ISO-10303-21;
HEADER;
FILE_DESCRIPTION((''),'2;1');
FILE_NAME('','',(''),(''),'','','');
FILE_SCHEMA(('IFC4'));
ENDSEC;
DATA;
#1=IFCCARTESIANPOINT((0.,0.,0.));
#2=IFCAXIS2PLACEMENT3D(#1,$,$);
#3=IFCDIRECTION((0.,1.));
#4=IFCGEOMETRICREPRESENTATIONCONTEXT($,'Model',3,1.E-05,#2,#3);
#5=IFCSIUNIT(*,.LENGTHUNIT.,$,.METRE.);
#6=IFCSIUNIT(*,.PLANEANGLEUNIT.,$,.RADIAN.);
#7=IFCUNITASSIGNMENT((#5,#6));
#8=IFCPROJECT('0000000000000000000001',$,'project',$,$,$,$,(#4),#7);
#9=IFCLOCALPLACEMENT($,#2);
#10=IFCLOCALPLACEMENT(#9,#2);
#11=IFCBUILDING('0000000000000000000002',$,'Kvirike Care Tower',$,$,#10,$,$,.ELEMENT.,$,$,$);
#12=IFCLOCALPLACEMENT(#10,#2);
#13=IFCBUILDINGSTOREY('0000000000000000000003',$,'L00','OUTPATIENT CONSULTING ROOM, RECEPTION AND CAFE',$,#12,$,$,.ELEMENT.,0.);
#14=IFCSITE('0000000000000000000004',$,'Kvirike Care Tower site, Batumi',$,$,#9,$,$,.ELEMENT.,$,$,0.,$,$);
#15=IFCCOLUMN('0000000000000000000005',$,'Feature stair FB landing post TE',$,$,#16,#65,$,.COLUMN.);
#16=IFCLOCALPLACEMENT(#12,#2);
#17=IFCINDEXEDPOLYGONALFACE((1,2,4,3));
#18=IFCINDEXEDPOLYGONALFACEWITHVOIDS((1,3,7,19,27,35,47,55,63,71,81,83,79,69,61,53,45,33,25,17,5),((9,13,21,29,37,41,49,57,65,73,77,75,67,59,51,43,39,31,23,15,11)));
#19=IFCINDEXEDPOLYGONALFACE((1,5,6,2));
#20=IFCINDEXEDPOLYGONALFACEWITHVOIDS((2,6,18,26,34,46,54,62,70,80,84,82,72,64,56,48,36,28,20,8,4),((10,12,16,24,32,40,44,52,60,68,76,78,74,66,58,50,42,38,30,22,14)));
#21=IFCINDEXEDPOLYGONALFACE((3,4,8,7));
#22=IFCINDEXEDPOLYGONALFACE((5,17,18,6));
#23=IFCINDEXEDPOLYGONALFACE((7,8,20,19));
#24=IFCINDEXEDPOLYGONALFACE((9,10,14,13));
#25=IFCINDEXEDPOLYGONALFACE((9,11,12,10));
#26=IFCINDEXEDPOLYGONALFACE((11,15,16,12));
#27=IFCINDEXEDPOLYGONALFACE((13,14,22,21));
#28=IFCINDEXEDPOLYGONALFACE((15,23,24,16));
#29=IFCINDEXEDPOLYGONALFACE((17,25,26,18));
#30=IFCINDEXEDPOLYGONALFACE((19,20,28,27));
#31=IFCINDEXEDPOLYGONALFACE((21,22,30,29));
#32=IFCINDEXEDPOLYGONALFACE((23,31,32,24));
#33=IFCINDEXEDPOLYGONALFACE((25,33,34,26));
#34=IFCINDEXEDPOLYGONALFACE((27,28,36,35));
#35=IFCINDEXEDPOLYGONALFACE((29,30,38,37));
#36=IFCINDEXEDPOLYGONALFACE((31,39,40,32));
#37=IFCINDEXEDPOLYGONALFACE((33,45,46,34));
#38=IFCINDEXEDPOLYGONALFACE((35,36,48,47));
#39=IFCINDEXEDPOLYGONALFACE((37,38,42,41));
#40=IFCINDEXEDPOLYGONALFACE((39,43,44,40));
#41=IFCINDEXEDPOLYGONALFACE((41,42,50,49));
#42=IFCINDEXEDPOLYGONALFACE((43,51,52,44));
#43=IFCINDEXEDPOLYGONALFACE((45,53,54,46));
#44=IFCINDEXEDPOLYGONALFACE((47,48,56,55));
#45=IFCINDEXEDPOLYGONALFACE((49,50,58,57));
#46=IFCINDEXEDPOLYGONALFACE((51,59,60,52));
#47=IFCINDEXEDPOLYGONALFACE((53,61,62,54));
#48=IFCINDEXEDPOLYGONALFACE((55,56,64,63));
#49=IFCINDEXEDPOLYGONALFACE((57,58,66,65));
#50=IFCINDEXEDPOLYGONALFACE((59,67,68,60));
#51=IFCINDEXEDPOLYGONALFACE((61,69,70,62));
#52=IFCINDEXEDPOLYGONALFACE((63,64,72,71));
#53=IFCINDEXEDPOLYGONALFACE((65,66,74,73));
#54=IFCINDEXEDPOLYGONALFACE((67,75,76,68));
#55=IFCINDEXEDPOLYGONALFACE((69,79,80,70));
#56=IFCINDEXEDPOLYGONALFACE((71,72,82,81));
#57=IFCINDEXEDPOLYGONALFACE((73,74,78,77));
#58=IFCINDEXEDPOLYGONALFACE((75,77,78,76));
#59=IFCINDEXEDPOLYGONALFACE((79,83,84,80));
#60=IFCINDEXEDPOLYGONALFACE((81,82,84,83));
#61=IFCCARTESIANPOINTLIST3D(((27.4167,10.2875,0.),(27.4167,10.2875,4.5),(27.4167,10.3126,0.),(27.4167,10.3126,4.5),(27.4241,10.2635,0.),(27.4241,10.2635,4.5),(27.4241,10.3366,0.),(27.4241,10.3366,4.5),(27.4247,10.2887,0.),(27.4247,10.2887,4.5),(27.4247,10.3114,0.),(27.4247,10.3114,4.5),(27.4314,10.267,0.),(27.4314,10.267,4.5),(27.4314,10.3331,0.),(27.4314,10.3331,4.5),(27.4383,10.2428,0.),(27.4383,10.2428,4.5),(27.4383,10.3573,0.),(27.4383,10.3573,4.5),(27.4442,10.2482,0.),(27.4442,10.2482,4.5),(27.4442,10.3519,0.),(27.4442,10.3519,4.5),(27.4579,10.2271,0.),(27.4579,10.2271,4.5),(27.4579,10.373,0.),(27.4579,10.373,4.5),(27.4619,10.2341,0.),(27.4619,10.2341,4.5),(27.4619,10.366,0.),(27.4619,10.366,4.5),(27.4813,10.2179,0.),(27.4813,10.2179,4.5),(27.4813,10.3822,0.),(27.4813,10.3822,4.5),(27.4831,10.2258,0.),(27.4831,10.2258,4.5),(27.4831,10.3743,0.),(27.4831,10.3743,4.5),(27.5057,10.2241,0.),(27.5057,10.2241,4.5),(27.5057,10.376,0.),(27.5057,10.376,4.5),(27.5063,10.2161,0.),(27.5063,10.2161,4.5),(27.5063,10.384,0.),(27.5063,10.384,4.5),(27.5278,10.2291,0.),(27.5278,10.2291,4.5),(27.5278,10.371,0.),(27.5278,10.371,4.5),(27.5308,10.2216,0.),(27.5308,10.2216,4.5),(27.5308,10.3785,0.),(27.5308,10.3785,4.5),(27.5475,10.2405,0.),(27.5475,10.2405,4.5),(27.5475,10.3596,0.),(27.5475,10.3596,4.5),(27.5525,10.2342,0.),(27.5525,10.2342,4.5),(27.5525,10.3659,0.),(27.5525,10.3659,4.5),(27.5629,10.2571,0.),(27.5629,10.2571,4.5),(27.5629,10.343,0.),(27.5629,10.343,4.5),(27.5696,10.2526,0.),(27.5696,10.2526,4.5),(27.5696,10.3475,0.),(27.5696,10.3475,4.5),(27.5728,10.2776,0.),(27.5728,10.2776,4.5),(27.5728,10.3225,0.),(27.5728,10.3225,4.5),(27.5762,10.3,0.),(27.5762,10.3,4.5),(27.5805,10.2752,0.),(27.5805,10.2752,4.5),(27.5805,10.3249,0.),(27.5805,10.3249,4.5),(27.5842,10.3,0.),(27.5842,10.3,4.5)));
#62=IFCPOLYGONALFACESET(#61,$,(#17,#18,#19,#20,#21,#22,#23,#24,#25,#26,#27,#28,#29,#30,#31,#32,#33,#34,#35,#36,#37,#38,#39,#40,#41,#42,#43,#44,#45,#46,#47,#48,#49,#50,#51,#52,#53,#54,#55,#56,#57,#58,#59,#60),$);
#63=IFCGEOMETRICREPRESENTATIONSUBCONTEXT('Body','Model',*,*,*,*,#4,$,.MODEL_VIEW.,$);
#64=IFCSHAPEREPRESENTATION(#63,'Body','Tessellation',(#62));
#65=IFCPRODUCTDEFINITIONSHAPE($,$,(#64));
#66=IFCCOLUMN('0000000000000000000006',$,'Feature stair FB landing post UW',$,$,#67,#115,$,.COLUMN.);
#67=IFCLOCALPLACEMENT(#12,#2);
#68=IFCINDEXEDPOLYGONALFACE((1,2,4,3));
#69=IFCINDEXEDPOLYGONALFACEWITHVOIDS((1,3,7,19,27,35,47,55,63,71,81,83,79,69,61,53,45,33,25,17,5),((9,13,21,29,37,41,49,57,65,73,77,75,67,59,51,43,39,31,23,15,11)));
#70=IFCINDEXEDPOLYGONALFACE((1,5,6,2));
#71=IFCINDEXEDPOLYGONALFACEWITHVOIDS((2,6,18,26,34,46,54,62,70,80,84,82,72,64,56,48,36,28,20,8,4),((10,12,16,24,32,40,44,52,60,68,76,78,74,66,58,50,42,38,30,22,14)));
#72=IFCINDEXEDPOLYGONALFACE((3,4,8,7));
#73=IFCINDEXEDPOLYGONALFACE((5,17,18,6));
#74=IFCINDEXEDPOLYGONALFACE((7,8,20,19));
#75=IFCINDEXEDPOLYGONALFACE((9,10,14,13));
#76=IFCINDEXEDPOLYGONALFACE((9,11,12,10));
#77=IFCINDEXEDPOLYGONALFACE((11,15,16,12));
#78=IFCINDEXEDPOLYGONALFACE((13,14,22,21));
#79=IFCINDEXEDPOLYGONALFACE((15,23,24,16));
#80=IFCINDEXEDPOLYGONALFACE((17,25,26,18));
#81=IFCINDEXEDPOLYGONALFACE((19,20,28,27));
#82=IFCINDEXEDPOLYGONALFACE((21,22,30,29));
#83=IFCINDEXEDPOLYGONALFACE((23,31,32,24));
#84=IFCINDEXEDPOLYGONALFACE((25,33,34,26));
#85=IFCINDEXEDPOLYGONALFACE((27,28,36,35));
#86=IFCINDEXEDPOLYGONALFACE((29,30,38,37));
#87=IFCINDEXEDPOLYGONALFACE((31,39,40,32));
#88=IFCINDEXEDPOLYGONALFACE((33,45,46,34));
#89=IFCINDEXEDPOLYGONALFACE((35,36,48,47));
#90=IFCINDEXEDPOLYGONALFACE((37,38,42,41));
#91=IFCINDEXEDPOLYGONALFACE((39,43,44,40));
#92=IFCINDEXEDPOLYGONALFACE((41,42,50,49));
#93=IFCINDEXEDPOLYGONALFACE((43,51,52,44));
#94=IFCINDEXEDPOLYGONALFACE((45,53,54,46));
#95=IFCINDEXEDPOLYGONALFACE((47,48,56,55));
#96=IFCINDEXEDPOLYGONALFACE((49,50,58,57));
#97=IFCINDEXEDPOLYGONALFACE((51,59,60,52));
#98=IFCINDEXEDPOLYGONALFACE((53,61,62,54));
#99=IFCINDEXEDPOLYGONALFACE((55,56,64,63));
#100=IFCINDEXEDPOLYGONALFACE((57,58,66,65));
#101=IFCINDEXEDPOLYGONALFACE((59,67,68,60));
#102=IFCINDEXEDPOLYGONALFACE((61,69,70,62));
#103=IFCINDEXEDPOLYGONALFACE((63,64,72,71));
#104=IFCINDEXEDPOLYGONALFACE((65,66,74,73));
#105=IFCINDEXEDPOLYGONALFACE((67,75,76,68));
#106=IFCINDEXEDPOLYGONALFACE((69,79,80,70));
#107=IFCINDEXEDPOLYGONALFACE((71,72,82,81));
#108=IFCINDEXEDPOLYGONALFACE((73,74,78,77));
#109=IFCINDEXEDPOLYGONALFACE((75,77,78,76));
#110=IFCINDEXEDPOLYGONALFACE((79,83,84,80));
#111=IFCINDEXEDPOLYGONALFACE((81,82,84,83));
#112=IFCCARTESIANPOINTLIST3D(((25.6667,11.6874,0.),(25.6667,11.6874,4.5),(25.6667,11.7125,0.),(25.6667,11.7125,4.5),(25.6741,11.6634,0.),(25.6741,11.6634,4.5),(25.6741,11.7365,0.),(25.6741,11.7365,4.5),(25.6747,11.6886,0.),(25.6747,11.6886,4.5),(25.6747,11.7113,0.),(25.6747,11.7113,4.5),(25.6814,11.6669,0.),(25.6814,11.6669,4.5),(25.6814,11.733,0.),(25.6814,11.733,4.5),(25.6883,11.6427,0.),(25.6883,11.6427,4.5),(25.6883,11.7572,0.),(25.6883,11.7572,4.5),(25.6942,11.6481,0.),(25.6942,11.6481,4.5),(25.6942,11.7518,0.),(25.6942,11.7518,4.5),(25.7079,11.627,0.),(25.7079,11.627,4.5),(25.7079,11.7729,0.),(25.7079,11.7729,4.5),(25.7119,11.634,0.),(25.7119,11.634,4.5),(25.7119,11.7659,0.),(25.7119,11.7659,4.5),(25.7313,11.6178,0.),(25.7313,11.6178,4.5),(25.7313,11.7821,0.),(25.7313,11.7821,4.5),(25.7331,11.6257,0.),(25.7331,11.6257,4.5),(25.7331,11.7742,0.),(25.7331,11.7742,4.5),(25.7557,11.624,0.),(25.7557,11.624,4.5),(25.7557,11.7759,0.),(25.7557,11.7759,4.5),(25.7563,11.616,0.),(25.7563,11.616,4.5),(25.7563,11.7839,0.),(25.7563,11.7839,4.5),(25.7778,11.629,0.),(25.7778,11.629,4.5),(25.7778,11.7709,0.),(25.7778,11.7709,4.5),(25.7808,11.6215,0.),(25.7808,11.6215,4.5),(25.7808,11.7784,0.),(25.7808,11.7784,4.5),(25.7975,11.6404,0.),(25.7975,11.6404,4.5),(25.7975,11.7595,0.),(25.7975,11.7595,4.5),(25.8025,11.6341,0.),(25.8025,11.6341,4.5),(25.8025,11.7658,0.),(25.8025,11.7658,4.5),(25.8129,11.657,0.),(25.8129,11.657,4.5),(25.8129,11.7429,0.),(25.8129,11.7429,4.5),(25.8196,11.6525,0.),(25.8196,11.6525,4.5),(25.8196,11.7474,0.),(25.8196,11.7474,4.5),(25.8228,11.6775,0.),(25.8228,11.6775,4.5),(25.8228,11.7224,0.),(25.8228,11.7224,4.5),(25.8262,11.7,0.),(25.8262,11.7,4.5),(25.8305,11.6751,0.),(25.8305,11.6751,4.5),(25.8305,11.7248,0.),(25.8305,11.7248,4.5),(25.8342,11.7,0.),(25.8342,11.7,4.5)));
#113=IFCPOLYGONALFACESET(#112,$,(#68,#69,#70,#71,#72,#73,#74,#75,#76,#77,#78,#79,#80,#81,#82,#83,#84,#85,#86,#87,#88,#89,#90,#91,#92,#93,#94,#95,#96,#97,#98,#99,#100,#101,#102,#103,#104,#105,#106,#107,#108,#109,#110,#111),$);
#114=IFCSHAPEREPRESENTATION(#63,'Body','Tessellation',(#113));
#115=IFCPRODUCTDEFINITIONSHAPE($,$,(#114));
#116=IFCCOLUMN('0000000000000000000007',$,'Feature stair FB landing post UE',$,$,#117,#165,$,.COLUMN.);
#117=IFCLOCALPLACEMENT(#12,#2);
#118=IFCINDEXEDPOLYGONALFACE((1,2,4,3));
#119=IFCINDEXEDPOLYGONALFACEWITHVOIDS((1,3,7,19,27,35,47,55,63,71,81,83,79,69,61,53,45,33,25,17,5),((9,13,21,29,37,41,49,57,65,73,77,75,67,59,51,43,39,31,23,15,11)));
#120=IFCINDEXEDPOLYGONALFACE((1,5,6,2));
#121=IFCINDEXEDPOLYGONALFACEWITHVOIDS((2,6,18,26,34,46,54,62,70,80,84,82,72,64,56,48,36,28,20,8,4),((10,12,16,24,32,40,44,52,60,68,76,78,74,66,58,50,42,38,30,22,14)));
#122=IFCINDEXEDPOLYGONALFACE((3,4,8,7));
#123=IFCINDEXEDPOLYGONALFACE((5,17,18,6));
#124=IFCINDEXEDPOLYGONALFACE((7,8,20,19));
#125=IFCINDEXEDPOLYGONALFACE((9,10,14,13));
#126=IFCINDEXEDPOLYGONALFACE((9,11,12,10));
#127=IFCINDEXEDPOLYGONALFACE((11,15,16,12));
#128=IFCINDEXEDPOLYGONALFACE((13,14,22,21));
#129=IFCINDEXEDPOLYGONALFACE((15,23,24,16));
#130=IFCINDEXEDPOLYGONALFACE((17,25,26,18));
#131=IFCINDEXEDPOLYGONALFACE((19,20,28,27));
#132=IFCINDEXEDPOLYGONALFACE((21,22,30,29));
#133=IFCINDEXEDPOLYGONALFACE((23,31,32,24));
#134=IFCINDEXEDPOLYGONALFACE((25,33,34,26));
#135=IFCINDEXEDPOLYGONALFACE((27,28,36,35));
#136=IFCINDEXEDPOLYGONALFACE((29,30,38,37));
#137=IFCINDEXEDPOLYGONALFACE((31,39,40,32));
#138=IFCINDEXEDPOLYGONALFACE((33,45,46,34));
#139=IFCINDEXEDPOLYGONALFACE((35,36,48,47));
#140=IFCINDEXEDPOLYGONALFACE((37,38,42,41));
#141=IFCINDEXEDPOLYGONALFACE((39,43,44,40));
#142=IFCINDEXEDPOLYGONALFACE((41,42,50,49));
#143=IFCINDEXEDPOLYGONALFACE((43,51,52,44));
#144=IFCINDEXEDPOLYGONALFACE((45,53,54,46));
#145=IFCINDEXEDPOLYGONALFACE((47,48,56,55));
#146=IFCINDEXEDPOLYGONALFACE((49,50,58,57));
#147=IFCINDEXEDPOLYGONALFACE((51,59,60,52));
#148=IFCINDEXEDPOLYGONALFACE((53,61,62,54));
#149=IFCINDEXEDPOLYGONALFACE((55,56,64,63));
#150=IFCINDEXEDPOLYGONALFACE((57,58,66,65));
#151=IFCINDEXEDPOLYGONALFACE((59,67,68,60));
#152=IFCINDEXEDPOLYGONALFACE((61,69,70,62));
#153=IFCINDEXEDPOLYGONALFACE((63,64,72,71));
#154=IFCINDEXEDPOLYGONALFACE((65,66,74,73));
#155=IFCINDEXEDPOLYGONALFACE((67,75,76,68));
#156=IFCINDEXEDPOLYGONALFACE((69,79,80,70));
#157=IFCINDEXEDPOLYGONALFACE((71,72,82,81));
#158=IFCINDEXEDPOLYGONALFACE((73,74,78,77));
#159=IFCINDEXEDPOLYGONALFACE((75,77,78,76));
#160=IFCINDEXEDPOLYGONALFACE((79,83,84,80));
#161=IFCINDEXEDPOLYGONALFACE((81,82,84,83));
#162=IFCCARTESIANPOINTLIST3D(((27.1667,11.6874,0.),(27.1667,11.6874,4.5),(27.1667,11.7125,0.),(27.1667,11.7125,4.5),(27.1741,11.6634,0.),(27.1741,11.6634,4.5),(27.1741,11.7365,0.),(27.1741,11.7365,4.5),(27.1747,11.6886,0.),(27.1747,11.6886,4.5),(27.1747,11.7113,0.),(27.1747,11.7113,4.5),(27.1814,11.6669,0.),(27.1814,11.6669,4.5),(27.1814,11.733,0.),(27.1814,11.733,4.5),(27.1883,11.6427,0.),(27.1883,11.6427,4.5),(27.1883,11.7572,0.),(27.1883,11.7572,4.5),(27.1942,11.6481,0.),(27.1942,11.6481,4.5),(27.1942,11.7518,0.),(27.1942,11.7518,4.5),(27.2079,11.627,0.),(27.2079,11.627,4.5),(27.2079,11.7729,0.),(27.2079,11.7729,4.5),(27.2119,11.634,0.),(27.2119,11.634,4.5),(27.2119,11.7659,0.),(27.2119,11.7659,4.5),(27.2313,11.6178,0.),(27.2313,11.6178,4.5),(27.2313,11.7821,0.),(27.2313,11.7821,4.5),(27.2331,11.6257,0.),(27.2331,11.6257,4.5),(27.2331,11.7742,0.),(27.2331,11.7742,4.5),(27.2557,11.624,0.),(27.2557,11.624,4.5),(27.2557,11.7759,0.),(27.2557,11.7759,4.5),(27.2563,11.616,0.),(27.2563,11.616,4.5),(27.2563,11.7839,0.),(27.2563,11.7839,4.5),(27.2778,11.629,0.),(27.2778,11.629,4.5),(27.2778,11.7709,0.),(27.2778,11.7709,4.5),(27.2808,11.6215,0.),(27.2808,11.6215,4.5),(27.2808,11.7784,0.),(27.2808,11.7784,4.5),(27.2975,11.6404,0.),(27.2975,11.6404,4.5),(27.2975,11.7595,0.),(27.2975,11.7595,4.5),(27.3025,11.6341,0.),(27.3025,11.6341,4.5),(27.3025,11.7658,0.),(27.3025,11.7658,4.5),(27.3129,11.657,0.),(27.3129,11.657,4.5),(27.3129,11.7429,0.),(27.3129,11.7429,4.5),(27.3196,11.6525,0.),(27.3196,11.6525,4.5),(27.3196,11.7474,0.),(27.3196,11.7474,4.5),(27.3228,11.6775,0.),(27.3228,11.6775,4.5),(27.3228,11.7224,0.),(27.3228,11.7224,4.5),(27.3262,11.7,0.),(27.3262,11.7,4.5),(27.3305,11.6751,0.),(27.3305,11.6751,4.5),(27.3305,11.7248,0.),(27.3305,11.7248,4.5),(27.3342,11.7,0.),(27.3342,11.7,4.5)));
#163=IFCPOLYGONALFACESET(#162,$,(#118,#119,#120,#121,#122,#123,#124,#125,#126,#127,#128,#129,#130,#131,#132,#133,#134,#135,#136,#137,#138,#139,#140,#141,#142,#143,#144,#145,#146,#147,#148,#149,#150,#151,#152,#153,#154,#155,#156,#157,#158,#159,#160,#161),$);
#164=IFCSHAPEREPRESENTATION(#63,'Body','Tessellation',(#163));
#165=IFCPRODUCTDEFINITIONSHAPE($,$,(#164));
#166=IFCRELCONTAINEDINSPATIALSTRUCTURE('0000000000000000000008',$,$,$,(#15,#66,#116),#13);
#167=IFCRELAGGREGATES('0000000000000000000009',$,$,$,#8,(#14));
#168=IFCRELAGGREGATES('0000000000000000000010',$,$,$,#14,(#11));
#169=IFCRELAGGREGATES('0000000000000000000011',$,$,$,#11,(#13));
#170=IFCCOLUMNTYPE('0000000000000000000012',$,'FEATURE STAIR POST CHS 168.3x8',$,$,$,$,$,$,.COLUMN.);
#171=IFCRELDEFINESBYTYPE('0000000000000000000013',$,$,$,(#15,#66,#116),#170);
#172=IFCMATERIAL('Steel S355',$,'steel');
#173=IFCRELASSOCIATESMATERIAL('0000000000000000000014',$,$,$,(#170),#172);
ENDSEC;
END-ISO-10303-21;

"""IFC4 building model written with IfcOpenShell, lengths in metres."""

from ifc_helpers import new_model, si_unit, direction, frame, origin, origin_2d, place, context, subcontext, project, spatial, hollow_circle, extrude, material, material_profile, profile_set, type_object, element, save


model = new_model("IFC4")

# Units and contexts
model_context = context("Model", 3, precision=1e-05, world=origin(), true_north=direction((0.0, 1.0)))
body_context = subcontext(model_context, "Body", "Model", "MODEL_VIEW")
ifc_project = project(units=[si_unit("LENGTHUNIT", "METRE"), si_unit("PLANEANGLEUNIT", "RADIAN")], contexts=[model_context])

# Site, building, storey
site_placement = place(None, origin())
site = spatial("IfcSite", under=ifc_project, at=site_placement, Name="Kvirike Care Tower site, Batumi", CompositionType="ELEMENT", RefElevation=0.0)
building_placement = place(site_placement, origin())
building = spatial("IfcBuilding", under=site, at=building_placement, Name="Kvirike Care Tower", CompositionType="ELEMENT")
storey_placement = place(building_placement, origin())
storey = spatial("IfcBuildingStorey", under=building, at=storey_placement, Name="L00", Description="OUTPATIENT CONSULTING ROOM, RECEPTION AND CAFE", CompositionType="ELEMENT", Elevation=0.0)

# Columns
ifc_material_1 = material(Name="Steel S355", Category="steel")
ifc_material_profile_1 = material_profile(ifc_material_1, hollow_circle(Radius=0.0842, WallThickness=0.0081, at=origin_2d()), Name="CHS 168.3x8")
ifc_profile_set_1 = profile_set([ifc_material_profile_1], Name="Steel S355")
column_type_1 = type_object("IfcColumnType", Name="FEATURE STAIR POST CHS 168.3x8", PredefinedType="COLUMN", material=ifc_profile_set_1)
for number, where, z_axis, x_axis, name in (
    (1, (27.5, 10.3, 0.0), (0.0, 0.0, 1.0), (1.0, 0.0, 0.0), "Feature stair FB landing post TE"),
    (2, (25.75, 11.7, 0.0), (0.0, 0.0, 1.0), (1.0, 0.0, 0.0), "Feature stair FB landing post UW"),
    (3, (27.25, 11.7, 0.0), (0.0, 0.0, 1.0), (1.0, 0.0, 0.0), "Feature stair FB landing post UE"),
):
    element("IfcColumn", number, at=place(storey_placement, frame(where, z_axis=z_axis, x_axis=x_axis)), inside=storey, type_object=column_type_1, Name=name, PredefinedType="COLUMN", context=body_context, shape_type="SweptSolid", body=[
        extrude(hollow_circle(Radius=0.0842, WallThickness=0.0081, at=origin_2d()), origin(), (0.0, 0.0, 1.0), 4.5),
    ])

save(model, "model.ifc")
